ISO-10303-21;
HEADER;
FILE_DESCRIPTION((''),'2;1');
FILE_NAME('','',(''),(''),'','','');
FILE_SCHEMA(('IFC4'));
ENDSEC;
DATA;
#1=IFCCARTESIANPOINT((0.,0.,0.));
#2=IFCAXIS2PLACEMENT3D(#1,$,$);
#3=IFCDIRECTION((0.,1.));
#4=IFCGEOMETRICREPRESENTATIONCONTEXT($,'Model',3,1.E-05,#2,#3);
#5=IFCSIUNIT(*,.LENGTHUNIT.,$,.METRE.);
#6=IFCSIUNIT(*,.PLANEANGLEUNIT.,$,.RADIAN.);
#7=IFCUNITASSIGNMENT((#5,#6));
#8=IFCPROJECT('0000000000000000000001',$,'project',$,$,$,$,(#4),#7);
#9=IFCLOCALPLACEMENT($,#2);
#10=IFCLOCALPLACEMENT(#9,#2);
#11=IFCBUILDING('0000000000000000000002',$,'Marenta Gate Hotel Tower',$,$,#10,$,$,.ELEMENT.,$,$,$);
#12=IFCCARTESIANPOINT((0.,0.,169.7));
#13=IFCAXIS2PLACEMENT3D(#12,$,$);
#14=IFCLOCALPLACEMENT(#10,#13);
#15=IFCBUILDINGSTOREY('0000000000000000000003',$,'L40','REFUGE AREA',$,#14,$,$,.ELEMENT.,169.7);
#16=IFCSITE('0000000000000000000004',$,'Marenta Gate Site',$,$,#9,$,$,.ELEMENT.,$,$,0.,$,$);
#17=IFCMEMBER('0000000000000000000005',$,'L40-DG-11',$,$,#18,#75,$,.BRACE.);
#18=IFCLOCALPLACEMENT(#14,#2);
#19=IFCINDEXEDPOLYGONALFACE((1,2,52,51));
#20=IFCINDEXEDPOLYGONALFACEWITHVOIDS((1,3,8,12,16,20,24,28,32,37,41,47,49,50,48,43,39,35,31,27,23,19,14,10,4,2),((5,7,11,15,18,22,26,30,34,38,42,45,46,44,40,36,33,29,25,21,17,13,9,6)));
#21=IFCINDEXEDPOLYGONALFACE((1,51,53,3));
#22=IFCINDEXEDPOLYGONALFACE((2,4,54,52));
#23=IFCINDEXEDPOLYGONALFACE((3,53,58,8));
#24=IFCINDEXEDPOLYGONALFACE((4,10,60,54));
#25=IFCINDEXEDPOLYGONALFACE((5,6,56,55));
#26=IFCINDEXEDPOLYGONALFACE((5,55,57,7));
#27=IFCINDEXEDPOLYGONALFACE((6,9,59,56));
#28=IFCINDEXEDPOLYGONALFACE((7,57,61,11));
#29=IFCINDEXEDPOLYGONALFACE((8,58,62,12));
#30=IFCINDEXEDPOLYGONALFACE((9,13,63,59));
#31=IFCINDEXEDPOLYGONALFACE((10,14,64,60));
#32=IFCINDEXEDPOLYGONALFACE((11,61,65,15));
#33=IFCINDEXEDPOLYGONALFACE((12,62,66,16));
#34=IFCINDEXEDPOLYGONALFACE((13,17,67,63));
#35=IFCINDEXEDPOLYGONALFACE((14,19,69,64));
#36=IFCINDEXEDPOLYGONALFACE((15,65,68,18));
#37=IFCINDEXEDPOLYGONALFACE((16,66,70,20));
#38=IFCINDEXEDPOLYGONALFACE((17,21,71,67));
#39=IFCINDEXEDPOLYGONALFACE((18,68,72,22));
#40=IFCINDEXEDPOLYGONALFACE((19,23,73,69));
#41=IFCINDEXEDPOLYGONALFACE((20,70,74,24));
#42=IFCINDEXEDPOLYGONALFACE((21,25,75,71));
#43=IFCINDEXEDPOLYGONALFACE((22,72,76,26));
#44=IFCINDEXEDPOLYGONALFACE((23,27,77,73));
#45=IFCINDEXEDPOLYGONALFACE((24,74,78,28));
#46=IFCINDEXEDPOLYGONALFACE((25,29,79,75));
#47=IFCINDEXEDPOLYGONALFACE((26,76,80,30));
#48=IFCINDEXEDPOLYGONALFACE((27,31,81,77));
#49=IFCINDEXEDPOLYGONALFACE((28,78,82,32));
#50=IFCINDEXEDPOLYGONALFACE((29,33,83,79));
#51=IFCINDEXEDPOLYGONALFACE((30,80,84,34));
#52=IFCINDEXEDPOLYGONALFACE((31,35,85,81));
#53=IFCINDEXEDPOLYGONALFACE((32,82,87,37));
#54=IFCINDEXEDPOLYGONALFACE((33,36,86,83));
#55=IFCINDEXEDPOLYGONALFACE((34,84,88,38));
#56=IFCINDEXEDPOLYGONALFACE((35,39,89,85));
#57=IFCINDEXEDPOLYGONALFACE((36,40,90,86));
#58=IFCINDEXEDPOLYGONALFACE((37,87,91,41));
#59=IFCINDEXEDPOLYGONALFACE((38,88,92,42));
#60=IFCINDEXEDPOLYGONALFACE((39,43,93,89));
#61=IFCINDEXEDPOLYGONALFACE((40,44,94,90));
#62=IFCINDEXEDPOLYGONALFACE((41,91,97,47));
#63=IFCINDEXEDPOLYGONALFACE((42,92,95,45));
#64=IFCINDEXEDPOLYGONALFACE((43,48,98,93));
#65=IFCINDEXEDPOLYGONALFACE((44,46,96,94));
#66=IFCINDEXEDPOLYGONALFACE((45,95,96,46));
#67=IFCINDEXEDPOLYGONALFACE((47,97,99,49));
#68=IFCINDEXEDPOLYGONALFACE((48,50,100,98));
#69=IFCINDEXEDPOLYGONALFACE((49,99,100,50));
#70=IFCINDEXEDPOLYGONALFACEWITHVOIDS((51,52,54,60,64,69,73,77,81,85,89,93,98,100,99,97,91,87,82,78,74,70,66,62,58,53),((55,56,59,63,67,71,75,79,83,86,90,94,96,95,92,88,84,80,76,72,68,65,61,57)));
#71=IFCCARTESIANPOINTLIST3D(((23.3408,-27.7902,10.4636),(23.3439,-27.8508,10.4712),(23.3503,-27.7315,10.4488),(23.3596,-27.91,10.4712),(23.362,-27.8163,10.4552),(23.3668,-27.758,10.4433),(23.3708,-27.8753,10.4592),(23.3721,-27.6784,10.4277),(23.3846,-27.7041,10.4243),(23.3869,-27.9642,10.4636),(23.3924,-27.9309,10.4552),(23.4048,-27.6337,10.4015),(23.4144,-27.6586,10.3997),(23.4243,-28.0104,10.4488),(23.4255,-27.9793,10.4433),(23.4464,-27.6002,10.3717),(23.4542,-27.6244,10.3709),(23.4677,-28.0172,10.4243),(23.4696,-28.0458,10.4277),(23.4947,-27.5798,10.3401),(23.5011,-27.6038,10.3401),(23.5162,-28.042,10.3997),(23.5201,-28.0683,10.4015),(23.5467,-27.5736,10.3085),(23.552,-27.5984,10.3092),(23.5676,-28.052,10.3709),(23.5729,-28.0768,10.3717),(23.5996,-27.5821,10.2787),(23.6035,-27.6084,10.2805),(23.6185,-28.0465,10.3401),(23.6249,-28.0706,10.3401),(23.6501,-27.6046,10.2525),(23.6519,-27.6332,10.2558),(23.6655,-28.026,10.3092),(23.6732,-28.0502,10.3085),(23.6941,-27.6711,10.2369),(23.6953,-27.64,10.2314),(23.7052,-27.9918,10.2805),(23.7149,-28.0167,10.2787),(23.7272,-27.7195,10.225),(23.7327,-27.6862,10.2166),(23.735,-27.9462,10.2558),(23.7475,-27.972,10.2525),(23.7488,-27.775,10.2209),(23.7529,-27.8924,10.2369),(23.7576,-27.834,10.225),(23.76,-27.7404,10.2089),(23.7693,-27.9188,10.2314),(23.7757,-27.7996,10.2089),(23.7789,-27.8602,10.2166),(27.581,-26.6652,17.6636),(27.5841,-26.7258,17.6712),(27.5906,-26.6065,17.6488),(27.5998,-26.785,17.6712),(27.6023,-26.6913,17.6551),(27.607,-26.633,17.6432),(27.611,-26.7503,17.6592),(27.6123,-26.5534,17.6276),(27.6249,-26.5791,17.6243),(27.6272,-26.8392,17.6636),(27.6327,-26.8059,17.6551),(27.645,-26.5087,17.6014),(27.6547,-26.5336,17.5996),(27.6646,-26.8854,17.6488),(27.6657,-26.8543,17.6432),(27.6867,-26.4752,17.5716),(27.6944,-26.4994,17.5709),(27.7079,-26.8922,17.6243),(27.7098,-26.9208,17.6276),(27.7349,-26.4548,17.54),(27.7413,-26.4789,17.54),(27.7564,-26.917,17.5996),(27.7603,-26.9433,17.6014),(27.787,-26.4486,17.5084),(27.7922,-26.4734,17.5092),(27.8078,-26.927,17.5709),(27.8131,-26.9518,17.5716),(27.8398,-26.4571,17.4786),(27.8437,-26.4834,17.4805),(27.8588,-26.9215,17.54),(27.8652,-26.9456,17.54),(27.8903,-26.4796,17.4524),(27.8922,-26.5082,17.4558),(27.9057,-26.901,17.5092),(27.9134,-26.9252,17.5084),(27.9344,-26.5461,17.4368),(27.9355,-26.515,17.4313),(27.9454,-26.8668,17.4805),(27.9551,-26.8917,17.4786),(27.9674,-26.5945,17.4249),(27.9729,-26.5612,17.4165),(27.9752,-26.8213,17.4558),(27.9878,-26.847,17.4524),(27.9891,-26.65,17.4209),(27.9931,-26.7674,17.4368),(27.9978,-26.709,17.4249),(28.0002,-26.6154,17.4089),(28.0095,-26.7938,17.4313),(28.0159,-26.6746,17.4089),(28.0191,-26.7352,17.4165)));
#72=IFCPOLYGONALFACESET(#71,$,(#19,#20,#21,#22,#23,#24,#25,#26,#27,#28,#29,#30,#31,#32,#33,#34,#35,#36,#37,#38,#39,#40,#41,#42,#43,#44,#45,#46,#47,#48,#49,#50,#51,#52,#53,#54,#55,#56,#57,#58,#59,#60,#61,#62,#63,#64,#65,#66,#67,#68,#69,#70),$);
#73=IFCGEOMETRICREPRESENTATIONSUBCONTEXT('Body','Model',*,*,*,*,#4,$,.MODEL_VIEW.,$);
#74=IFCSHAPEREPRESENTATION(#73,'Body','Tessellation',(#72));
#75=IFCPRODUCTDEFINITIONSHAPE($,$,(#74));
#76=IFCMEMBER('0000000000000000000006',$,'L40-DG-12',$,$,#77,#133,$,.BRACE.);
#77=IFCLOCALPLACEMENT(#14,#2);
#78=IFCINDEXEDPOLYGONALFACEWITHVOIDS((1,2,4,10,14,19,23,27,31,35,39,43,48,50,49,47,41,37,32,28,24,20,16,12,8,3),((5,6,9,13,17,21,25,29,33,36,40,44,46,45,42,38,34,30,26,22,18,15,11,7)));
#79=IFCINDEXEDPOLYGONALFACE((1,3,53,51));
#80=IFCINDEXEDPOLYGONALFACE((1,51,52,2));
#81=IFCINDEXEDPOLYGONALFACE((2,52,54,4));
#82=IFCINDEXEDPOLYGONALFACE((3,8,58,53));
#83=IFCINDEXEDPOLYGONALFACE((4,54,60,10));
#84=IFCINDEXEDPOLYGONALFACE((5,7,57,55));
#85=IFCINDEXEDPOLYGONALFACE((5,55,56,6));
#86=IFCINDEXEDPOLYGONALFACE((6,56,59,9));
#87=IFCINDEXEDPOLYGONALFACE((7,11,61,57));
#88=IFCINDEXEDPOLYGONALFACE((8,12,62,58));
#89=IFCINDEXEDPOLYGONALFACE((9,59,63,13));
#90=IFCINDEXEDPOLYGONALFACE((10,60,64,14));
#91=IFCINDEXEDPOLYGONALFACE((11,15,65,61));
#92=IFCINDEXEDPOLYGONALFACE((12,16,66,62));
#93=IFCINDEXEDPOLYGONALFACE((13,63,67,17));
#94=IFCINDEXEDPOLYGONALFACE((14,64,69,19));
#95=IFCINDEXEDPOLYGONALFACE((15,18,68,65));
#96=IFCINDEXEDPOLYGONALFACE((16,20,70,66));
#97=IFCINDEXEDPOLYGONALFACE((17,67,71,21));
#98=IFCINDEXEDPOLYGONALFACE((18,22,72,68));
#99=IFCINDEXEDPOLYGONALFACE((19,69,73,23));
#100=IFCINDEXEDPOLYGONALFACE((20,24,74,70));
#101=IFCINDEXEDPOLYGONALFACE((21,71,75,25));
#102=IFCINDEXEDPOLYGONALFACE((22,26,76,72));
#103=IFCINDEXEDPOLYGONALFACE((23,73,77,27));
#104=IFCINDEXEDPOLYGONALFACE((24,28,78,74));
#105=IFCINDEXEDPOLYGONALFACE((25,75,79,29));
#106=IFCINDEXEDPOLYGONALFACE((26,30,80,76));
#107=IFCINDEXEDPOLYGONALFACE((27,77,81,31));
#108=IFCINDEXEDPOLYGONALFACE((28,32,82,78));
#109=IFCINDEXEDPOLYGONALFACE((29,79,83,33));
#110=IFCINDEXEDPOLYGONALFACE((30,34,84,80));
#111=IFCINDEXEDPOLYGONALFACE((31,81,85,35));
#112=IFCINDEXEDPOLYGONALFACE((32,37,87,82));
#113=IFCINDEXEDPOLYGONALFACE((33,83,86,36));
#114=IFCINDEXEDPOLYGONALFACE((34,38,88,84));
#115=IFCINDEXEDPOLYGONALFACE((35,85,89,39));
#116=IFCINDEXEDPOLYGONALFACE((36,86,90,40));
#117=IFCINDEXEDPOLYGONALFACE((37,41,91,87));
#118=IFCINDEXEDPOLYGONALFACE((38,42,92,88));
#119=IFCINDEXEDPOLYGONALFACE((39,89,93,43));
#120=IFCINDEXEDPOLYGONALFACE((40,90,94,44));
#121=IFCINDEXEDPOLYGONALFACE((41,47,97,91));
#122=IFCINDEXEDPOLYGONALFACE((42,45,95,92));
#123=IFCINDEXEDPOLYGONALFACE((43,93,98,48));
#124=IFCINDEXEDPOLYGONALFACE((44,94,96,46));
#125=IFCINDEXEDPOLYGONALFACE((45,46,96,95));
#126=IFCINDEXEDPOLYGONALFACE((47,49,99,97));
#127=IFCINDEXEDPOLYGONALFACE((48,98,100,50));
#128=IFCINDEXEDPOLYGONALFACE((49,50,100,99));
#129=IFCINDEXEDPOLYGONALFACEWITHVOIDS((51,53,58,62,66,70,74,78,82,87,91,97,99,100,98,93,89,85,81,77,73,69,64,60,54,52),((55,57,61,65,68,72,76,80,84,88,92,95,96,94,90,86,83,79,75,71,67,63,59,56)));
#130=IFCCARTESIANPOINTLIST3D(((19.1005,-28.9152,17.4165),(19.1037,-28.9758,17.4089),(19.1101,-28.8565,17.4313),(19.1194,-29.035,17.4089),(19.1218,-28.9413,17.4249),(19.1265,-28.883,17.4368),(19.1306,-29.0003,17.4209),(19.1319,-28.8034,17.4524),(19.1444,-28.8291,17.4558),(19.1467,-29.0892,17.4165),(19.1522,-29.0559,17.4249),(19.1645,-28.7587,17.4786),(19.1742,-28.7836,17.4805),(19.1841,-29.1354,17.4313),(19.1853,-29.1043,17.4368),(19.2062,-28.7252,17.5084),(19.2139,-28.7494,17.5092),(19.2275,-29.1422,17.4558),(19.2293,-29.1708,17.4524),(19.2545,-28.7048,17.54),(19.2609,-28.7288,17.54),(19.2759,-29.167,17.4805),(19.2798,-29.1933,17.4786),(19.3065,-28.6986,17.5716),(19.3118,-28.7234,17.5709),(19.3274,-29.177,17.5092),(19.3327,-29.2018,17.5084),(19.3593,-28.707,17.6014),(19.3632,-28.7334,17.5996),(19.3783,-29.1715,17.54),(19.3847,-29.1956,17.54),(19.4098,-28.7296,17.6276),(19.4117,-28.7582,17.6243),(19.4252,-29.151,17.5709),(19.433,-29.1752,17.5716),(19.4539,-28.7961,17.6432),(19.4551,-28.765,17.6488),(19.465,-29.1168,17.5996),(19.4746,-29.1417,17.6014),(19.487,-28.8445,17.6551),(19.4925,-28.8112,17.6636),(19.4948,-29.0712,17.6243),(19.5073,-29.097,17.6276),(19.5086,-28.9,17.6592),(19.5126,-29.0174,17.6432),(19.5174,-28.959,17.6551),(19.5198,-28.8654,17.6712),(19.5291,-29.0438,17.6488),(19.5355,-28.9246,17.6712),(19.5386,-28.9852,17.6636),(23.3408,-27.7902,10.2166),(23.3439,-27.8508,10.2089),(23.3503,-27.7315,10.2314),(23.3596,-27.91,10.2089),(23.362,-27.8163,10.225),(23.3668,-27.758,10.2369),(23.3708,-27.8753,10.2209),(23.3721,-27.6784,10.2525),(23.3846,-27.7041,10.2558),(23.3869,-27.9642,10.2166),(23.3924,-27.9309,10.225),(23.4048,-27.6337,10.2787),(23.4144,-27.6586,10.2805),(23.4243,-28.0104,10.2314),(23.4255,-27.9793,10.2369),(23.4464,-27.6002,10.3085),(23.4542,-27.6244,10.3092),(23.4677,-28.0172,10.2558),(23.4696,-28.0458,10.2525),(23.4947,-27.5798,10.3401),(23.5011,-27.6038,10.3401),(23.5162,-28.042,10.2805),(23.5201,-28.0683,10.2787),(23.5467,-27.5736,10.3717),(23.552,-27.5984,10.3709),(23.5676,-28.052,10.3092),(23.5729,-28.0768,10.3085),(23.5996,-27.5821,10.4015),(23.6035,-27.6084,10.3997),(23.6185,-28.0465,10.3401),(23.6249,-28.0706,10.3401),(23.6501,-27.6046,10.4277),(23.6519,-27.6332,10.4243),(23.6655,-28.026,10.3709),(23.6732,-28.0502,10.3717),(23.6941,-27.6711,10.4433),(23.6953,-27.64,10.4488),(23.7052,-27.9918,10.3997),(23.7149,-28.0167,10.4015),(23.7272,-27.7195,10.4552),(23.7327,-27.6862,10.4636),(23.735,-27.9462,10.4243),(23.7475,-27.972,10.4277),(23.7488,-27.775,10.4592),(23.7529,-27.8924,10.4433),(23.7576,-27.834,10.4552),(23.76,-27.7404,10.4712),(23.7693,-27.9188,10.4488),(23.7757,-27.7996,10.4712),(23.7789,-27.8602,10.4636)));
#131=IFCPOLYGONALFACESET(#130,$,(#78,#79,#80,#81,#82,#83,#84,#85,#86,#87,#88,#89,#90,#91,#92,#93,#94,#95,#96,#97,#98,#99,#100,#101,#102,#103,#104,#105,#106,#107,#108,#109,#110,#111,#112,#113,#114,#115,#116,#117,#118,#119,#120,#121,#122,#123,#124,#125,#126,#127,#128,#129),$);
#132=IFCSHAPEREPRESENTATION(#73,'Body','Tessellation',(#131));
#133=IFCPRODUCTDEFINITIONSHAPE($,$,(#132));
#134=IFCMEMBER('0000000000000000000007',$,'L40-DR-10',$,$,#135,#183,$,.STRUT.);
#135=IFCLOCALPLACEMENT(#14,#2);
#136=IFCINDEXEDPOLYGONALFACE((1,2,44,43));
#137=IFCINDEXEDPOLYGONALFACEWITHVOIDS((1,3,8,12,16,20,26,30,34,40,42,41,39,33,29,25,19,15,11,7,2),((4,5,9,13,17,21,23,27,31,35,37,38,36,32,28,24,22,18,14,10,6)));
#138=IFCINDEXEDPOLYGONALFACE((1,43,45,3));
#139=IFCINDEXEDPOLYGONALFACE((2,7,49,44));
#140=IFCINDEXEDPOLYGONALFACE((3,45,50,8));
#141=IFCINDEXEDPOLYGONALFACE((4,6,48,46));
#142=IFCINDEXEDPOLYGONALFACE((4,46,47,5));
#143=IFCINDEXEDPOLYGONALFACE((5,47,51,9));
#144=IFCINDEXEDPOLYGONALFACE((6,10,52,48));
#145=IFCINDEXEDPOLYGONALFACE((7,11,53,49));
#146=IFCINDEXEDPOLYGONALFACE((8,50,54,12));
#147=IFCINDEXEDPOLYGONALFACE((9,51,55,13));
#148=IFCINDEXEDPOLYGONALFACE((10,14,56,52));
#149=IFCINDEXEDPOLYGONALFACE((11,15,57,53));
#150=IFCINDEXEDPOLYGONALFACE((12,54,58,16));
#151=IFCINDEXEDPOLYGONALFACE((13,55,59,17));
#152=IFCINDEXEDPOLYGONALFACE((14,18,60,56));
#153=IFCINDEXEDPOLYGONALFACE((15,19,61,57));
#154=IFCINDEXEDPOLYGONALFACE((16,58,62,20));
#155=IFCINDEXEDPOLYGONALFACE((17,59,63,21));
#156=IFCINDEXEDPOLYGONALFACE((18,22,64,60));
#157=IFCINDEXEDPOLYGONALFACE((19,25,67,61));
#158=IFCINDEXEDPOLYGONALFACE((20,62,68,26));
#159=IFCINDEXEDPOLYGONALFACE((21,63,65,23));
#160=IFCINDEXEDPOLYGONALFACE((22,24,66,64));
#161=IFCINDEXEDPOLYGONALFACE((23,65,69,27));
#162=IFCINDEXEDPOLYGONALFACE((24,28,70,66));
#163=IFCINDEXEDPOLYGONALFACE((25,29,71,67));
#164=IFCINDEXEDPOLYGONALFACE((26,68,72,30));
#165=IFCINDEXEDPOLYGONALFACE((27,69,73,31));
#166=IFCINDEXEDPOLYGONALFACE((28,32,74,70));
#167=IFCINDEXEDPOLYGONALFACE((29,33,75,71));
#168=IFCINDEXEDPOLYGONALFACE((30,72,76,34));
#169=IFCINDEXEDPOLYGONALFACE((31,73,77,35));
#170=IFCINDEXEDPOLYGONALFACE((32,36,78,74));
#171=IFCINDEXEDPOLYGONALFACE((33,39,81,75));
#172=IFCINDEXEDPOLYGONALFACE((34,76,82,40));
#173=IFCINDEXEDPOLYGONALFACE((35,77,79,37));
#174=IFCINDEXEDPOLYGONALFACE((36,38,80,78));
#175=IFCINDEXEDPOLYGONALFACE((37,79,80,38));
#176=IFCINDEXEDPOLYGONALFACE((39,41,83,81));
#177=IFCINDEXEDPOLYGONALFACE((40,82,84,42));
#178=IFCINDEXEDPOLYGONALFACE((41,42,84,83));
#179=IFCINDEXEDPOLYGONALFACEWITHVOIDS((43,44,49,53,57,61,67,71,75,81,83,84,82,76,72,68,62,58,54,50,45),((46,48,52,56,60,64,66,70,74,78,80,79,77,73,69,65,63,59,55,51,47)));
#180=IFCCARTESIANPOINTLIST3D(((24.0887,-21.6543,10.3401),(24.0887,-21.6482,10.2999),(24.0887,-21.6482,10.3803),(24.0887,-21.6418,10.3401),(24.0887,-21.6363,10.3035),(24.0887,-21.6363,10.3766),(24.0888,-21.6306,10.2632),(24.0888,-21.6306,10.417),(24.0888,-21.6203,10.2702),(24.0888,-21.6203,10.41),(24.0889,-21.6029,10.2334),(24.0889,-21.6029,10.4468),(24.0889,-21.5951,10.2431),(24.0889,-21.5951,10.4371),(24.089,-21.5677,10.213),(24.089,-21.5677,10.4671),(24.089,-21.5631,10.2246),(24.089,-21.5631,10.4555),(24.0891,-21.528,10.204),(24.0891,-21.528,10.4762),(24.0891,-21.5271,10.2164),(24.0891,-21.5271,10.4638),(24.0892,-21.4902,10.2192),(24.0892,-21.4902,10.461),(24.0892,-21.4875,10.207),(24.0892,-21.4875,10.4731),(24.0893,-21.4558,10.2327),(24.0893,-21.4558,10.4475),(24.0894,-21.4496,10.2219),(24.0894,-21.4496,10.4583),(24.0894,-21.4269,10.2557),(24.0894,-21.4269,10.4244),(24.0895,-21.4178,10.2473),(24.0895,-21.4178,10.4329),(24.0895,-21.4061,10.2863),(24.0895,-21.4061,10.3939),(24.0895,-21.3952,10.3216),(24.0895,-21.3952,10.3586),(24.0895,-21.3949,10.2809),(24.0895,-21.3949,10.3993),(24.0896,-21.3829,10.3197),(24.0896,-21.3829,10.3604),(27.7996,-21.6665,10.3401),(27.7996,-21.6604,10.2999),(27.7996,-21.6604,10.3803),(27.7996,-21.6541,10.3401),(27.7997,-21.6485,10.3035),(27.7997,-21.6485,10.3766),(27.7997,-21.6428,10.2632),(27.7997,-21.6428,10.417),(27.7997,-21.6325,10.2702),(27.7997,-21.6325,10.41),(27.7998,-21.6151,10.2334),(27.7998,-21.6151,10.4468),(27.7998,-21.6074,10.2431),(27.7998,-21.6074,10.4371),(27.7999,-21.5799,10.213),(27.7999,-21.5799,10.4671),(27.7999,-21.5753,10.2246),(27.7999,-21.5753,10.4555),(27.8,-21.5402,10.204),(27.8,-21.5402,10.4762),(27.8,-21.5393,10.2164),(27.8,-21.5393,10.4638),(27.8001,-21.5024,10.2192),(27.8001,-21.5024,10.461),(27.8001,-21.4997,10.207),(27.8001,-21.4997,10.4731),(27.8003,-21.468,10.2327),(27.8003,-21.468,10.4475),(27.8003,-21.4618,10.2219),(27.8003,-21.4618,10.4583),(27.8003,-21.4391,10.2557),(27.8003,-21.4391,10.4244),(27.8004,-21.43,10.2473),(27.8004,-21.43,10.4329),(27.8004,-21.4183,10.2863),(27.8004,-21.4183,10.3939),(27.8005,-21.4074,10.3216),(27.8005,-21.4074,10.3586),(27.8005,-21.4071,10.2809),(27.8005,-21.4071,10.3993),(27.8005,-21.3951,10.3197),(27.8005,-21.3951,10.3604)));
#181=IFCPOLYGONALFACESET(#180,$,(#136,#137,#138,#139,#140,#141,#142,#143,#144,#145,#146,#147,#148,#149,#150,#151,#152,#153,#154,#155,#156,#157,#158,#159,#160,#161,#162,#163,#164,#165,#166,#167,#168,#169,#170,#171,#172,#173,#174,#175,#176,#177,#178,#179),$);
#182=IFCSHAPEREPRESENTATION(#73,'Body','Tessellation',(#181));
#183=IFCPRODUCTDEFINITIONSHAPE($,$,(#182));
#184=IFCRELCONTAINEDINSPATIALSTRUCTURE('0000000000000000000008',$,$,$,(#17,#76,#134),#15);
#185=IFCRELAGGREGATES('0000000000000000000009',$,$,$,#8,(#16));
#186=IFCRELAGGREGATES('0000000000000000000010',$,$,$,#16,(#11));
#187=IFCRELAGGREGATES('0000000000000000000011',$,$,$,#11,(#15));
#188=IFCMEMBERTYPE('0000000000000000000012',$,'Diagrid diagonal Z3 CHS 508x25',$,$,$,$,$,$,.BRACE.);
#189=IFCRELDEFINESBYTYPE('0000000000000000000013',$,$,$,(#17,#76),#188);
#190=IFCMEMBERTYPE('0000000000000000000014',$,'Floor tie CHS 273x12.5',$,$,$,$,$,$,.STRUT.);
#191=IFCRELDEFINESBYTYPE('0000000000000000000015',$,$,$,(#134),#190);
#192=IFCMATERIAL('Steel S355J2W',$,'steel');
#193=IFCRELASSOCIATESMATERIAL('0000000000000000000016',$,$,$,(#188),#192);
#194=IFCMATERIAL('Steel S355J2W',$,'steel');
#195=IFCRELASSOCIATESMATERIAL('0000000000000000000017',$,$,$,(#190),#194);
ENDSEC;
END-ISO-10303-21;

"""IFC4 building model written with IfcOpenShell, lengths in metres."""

from ifc_helpers import new_model, si_unit, direction, frame, origin, origin_2d, place, context, subcontext, project, spatial, hollow_circle, extrude, material, material_profile, profile_set, type_object, element, save


model = new_model("IFC4")

# Units and contexts
model_context = context("Model", 3, precision=1e-05, world=origin(), true_north=direction((0.0, 1.0)))
body_context = subcontext(model_context, "Body", "Model", "MODEL_VIEW")
ifc_project = project(units=[si_unit("LENGTHUNIT", "METRE"), si_unit("PLANEANGLEUNIT", "RADIAN")], contexts=[model_context])

# Site, building, storey
site_placement = place(None, origin())
site = spatial("IfcSite", under=ifc_project, at=site_placement, Name="Marenta Gate Site", CompositionType="ELEMENT", RefElevation=0.0)
building_placement = place(site_placement, origin())
building = spatial("IfcBuilding", under=site, at=building_placement, Name="Marenta Gate Hotel Tower", CompositionType="ELEMENT")
storey_placement = place(building_placement, frame((0.0, 0.0, 169.7)))
storey = spatial("IfcBuildingStorey", under=building, at=storey_placement, Name="L40", Description="REFUGE AREA", CompositionType="ELEMENT", Elevation=169.7)

# Members
ifc_material_1 = material(Name="Steel S355J2W", Category="steel")
ifc_material_profile_1 = material_profile(ifc_material_1, hollow_circle(Radius=0.2539, WallThickness=0.0249, at=origin_2d()), Name="CHS 508x25")
ifc_profile_set_1 = profile_set([ifc_material_profile_1], Name="Steel S355J2W")
member_type_1 = type_object("IfcMemberType", Name="Diagrid diagonal Z3 CHS 508x25", PredefinedType="BRACE", material=ifc_profile_set_1)
for number, where, z_axis, x_axis, name in (
    (1, (23.5598, -27.8252, 10.3401), (0.502924, 0.133434, 0.853969), (-0.256443, 0.966559, 0.0), "L40-DG-11"),
    (2, (23.5598, -27.8252, 10.3401), (-0.502924, -0.133434, 0.853969), (0.256443, -0.966559, 0.0), "L40-DG-12"),
):
    element("IfcMember", number, at=place(storey_placement, frame(where, z_axis=z_axis, x_axis=x_axis)), inside=storey, type_object=member_type_1, Name=name, PredefinedType="BRACE", context=body_context, shape_type="SweptSolid", body=[
        extrude(hollow_circle(Radius=0.2539, WallThickness=0.0249, at=origin_2d()), origin(), (0.0, 0.0, 1.0), 8.4312),
    ])
ifc_material_2 = material(Name="Steel S355J2W", Category="steel")
ifc_material_profile_2 = material_profile(ifc_material_2, hollow_circle(Radius=0.1365, WallThickness=0.0125, at=origin_2d()), Name="CHS 273x12.5")
ifc_profile_set_2 = profile_set([ifc_material_profile_2], Name="Steel S355J2W")
member_type_2 = type_object("IfcMemberType", Name="Floor tie CHS 273x12.5", PredefinedType="STRUT", material=ifc_profile_set_2)
member_1_placement = place(storey_placement, frame((27.8, -21.53, 10.3401), z_axis=(-0.999995, 0.003289, 0.0), x_axis=(-0.003289, -0.999995, 0.0)))
element("IfcMember", 3, at=member_1_placement, inside=storey, type_object=member_type_2, Name="L40-DR-10", PredefinedType="STRUT", context=body_context, shape_type="SweptSolid", body=[
    extrude(hollow_circle(Radius=0.1365, WallThickness=0.0125, at=origin_2d()), origin(), (0.0, 0.0, 1.0), 3.7109),
])

save(model, "model.ifc")
